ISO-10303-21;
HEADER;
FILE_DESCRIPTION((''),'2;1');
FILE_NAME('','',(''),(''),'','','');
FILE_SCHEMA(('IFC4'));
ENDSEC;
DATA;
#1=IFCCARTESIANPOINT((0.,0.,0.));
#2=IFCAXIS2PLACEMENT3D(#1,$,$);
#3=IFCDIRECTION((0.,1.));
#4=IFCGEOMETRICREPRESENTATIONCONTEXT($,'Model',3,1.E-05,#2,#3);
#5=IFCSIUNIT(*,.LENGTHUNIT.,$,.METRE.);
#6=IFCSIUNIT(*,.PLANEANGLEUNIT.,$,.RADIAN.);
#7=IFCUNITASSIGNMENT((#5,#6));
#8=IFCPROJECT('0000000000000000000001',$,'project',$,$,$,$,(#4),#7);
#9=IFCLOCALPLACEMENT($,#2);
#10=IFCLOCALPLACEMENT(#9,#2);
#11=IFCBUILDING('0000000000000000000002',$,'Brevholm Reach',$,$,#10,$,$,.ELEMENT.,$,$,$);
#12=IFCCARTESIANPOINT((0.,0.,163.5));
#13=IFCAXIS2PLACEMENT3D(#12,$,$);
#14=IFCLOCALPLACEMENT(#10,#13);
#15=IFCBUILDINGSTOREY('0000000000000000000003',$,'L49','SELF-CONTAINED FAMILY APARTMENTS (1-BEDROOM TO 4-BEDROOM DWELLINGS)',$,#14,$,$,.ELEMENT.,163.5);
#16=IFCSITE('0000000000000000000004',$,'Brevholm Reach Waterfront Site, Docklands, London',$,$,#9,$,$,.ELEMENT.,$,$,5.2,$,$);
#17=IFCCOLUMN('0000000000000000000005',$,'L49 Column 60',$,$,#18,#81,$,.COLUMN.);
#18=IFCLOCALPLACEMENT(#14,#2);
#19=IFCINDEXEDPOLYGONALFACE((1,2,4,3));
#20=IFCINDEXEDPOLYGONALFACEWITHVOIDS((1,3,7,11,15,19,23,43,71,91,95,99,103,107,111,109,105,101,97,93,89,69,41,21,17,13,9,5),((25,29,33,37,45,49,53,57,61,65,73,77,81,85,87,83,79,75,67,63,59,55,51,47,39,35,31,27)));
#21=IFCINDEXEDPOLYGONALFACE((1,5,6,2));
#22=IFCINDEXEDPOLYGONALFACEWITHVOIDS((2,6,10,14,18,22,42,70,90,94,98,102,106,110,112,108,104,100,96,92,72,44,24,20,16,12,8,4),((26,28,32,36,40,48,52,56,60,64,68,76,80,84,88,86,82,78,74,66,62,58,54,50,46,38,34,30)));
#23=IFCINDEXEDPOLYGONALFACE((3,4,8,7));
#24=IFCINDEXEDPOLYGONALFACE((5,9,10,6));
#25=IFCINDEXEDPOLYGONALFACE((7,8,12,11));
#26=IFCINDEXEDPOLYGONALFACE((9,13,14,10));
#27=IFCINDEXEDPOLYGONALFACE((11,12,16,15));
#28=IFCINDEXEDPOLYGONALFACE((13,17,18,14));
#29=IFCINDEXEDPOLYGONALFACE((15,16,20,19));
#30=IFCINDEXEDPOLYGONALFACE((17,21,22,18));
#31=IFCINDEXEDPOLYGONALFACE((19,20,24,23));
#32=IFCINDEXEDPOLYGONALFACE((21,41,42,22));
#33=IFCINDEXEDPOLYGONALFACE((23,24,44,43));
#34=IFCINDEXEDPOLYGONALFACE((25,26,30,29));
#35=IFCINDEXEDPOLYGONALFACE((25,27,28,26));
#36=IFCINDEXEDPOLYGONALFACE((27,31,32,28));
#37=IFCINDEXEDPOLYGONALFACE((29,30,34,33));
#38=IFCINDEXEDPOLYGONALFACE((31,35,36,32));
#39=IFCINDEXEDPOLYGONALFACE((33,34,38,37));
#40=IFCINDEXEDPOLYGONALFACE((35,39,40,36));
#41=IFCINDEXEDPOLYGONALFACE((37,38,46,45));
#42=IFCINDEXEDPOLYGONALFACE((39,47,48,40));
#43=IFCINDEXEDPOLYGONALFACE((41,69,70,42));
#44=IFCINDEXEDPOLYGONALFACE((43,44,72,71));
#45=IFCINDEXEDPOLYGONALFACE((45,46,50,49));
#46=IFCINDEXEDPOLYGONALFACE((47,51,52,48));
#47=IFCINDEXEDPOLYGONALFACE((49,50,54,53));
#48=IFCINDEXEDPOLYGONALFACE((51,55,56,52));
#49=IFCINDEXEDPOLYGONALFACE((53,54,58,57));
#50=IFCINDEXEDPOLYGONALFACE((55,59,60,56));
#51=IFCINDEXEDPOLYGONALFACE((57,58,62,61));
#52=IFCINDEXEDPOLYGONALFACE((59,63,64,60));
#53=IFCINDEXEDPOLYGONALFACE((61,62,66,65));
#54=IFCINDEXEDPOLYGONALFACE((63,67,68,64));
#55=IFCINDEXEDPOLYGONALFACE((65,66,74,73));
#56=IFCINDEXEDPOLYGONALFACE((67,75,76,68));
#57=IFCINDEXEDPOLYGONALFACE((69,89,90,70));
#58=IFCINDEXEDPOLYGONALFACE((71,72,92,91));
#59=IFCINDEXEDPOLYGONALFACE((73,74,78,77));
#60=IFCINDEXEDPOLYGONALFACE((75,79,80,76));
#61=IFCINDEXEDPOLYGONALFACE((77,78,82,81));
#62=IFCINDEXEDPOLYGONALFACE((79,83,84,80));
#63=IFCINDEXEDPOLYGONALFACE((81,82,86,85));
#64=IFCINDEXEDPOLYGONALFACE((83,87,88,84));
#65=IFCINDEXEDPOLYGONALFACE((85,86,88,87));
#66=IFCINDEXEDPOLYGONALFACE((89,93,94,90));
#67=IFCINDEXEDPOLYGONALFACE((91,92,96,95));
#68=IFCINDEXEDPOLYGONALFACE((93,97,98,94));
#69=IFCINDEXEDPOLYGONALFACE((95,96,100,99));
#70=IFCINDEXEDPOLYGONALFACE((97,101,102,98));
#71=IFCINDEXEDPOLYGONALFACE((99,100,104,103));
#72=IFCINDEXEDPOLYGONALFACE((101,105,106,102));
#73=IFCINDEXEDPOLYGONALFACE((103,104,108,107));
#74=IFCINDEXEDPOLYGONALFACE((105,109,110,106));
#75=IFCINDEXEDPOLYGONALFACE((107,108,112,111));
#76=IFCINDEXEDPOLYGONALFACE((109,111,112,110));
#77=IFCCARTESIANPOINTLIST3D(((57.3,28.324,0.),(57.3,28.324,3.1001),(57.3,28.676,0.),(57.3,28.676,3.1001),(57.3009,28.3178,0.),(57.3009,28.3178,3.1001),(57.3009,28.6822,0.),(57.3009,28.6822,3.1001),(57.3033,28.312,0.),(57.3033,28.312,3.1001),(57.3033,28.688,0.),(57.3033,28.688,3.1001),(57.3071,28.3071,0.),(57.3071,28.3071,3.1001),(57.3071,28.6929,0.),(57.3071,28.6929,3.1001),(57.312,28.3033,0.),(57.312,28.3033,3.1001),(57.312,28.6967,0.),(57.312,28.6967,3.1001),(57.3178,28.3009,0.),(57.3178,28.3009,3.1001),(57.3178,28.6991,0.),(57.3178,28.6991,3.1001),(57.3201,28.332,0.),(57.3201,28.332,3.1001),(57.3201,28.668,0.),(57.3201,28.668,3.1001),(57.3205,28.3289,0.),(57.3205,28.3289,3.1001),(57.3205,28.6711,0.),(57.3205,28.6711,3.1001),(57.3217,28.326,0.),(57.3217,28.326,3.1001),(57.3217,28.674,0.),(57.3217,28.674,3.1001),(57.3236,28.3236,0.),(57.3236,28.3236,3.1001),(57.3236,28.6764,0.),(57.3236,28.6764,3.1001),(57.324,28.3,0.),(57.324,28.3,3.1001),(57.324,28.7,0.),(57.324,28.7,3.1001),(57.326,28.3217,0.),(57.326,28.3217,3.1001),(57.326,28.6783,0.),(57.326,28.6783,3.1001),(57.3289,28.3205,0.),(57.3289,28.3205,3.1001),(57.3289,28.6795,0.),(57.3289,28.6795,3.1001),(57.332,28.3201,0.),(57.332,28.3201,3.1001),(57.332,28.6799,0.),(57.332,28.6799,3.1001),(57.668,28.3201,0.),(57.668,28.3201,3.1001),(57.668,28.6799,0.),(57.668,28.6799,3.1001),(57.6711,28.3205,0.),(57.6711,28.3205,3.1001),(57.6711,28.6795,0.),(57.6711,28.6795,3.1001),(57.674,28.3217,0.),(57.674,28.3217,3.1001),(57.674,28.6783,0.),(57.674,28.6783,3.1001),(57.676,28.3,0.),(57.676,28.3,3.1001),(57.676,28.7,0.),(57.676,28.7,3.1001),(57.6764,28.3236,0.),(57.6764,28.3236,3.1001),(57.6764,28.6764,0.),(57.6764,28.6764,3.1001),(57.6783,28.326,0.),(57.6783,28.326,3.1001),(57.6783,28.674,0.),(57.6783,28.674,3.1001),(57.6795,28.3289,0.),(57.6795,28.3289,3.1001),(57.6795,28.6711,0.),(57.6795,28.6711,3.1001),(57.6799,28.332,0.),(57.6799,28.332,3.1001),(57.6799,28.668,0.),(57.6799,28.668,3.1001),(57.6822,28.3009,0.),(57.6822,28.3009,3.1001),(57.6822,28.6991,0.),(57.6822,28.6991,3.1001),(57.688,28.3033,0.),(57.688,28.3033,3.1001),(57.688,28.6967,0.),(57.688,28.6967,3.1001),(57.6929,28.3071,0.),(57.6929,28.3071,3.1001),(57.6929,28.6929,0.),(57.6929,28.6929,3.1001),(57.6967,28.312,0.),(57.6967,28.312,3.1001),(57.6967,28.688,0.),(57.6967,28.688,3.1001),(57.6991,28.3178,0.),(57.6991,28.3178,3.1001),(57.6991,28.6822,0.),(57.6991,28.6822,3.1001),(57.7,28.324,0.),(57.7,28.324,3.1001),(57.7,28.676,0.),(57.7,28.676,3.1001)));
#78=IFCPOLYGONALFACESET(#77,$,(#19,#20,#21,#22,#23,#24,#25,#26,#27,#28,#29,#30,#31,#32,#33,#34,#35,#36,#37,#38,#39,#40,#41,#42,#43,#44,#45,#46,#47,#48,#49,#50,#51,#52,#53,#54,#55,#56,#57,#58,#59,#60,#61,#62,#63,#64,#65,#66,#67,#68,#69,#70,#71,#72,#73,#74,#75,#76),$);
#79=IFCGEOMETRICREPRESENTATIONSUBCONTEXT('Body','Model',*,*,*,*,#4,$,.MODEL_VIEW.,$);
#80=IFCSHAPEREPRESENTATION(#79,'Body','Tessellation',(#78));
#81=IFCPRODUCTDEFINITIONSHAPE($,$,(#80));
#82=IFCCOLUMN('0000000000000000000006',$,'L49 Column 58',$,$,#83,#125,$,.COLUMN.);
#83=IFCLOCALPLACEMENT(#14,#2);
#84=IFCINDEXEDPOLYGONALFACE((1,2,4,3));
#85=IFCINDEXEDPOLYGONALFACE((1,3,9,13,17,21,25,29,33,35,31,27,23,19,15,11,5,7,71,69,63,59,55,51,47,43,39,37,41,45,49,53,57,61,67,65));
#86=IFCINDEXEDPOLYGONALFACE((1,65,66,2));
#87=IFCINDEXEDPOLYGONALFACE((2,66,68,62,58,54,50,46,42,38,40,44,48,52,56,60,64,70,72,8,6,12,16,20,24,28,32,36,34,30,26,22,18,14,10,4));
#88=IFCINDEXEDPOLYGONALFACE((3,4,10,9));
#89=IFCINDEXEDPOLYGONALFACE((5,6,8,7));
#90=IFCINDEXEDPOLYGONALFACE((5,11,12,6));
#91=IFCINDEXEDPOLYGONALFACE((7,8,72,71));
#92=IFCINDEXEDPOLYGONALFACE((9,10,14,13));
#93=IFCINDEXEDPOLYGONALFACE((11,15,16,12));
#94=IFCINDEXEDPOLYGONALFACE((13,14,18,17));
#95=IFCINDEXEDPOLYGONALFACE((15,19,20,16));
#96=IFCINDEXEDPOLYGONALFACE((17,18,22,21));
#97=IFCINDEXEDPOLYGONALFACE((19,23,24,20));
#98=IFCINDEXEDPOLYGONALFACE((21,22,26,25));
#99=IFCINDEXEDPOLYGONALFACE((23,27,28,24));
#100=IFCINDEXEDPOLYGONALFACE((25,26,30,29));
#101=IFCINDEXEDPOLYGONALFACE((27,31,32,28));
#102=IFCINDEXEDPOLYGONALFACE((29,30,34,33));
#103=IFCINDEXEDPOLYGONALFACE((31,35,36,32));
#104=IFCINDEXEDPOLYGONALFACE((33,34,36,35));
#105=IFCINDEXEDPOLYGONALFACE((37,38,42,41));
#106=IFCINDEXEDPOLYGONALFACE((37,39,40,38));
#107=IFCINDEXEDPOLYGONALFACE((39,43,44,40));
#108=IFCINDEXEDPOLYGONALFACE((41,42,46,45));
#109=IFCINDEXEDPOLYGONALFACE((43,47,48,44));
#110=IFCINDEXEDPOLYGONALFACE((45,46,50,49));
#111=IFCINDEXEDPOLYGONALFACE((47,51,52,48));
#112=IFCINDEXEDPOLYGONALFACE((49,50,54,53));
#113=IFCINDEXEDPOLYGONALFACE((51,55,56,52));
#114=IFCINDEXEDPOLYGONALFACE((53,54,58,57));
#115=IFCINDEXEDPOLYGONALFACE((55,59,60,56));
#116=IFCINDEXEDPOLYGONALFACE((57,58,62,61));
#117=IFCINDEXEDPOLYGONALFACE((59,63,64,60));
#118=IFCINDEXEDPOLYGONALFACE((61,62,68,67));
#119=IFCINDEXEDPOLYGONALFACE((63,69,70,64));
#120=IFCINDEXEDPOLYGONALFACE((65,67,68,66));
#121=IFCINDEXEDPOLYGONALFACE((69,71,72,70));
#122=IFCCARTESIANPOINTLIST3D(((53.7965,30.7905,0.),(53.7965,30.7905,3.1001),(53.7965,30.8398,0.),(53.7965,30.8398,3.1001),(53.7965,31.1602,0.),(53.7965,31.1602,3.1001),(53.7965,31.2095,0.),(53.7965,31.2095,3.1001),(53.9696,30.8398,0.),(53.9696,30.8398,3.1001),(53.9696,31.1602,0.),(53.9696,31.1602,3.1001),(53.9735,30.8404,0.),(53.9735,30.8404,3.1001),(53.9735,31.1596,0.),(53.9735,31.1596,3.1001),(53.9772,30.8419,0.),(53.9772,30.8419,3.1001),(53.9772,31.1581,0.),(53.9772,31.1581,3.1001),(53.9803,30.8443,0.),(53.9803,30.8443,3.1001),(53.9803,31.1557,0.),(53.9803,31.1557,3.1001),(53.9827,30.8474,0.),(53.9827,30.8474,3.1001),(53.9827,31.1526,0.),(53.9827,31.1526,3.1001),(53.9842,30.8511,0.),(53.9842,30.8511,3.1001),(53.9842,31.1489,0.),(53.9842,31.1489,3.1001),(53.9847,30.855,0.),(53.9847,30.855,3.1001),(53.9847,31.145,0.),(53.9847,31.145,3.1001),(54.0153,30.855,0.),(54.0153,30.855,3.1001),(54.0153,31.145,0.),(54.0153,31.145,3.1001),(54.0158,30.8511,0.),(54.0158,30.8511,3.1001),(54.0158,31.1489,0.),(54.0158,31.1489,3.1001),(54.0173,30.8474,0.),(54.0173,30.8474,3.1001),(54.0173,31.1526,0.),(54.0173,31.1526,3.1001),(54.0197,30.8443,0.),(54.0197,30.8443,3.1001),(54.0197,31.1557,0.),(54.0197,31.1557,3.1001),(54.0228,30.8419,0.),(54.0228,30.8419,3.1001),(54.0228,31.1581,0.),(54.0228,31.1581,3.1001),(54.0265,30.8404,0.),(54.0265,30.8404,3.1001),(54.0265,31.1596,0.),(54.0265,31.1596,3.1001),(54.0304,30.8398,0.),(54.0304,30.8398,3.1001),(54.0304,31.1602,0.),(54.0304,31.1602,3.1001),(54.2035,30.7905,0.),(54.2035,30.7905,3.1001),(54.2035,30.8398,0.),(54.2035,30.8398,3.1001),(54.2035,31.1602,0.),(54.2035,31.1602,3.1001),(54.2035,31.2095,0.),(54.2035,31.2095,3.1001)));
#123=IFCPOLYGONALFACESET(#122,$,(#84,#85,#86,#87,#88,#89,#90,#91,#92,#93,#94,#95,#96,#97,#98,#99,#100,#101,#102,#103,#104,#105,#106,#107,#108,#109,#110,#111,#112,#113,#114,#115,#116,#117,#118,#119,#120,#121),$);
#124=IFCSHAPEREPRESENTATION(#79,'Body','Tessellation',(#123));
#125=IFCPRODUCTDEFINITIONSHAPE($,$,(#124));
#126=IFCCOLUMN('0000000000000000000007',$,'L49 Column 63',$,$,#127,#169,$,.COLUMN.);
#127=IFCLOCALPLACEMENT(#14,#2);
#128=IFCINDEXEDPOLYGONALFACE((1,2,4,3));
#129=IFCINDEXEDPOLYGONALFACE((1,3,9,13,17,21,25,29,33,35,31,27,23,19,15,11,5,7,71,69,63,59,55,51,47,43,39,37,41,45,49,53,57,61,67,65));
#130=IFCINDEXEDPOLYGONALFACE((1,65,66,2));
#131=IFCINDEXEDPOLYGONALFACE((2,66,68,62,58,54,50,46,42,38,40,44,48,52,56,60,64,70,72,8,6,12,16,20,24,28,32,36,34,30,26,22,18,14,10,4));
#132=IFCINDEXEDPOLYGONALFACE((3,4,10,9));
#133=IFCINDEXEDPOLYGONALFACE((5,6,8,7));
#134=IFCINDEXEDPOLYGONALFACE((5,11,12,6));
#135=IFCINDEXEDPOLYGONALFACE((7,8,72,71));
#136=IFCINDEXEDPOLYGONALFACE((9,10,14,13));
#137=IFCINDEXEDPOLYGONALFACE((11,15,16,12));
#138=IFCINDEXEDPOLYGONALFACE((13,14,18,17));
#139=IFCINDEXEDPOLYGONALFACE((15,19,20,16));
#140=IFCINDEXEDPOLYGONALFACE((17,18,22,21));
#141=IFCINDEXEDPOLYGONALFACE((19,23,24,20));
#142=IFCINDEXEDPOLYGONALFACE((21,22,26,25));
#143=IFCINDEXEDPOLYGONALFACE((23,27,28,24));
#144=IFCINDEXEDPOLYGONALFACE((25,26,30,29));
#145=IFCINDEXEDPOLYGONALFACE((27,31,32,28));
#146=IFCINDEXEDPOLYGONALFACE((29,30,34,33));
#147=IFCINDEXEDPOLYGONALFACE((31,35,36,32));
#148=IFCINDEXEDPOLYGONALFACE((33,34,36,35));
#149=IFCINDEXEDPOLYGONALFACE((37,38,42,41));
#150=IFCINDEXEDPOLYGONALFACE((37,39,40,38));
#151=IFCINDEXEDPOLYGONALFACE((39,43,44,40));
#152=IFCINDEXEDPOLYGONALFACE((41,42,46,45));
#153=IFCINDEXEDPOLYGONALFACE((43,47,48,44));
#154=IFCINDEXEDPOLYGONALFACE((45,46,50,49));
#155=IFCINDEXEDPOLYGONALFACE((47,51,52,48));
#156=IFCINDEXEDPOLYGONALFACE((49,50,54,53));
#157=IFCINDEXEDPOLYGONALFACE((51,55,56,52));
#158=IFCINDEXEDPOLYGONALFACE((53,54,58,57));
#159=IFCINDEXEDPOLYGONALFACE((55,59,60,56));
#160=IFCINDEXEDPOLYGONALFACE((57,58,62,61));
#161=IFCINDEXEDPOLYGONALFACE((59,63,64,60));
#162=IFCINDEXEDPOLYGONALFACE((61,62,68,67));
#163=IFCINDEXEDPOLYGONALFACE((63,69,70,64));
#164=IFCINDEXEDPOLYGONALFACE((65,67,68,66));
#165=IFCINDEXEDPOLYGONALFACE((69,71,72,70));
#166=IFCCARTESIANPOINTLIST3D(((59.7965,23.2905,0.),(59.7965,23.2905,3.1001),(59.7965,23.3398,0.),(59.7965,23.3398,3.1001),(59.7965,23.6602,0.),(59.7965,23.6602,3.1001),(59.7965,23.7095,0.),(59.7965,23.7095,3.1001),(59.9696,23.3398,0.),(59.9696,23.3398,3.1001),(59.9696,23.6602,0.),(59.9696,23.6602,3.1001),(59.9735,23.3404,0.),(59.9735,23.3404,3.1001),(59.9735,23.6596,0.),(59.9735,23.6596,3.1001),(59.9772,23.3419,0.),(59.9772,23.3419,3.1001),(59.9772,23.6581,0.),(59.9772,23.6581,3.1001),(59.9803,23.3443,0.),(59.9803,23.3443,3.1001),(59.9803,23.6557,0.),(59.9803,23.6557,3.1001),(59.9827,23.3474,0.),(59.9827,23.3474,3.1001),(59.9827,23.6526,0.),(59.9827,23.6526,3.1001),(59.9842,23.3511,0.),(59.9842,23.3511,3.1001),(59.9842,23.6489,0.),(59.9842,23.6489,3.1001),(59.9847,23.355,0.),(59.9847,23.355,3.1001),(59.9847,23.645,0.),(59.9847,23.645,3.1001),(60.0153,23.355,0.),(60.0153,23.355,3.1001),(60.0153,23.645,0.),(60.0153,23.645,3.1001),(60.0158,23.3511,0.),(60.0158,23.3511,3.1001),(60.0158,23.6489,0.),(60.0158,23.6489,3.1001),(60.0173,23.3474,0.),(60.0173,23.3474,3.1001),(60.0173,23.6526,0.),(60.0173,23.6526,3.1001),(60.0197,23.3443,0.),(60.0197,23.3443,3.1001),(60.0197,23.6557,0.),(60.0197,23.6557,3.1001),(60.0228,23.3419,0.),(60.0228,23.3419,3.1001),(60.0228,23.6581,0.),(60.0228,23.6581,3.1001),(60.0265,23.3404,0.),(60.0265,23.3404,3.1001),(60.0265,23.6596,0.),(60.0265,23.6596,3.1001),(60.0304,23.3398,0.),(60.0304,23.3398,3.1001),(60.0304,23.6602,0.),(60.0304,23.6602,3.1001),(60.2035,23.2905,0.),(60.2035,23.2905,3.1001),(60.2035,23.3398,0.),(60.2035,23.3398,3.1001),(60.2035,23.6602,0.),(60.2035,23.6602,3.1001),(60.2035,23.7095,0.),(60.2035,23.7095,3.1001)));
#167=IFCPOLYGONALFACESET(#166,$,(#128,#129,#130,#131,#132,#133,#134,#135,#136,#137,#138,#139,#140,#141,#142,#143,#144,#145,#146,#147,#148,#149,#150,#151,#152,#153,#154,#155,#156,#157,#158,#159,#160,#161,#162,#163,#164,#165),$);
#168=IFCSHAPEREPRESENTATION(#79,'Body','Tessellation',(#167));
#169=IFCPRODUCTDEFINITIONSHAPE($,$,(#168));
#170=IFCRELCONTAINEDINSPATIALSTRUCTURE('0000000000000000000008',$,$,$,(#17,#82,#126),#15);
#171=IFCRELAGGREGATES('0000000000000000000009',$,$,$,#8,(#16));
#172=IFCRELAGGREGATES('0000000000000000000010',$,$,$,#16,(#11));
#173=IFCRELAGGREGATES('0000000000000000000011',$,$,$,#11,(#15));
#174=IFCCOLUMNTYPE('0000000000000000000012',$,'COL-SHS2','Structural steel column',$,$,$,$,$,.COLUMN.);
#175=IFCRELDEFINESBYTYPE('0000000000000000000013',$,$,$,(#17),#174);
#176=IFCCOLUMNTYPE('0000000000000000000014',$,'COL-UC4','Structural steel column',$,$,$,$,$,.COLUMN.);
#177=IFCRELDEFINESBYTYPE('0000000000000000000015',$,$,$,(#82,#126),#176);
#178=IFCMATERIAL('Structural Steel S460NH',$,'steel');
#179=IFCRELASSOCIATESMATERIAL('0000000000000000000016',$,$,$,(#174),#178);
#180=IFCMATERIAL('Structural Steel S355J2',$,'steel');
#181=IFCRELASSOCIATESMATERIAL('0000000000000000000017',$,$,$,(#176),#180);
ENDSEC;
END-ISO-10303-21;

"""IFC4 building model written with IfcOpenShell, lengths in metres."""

from ifc_helpers import new_model, si_unit, direction, frame, origin, origin_2d, place, context, subcontext, project, spatial, hollow_rectangle, i_section, extrude, material, material_profile, profile_set, type_object, element, save


model = new_model("IFC4")

# Units and contexts
model_context = context("Model", 3, precision=1e-05, world=origin(), true_north=direction((0.0, 1.0)))
body_context = subcontext(model_context, "Body", "Model", "MODEL_VIEW")
ifc_project = project(units=[si_unit("LENGTHUNIT", "METRE"), si_unit("PLANEANGLEUNIT", "RADIAN")], contexts=[model_context])

# Site, building, storey
site_placement = place(None, origin())
site = spatial("IfcSite", under=ifc_project, at=site_placement, Name="Brevholm Reach Waterfront Site, Docklands, London", CompositionType="ELEMENT", RefElevation=5.2)
building_placement = place(site_placement, origin())
building = spatial("IfcBuilding", under=site, at=building_placement, Name="Brevholm Reach", CompositionType="ELEMENT")
storey_placement = place(building_placement, frame((0.0, 0.0, 163.5)))
storey = spatial("IfcBuildingStorey", under=building, at=storey_placement, Name="L49", Description="SELF-CONTAINED FAMILY APARTMENTS (1-BEDROOM TO 4-BEDROOM DWELLINGS)", CompositionType="ELEMENT", Elevation=163.5)

# Columns
ifc_material_1 = material(Name="Structural Steel S460NH", Category="steel")
ifc_material_profile_1 = material_profile(ifc_material_1, hollow_rectangle(XDim=0.3999, YDim=0.3999, WallThickness=0.02, InnerFilletRadius=0.012, OuterFilletRadius=0.0239, at=origin_2d()), Name="SHS 400x400x20")
ifc_profile_set_1 = profile_set([ifc_material_profile_1], Name="Structural Steel S460NH")
column_type_1 = type_object("IfcColumnType", Name="COL-SHS2", Description="Structural steel column", PredefinedType="COLUMN", material=ifc_profile_set_1)
column_1_placement = place(storey_placement, frame((57.5, 28.5, 0.0), z_axis=(0.0, 0.0, 1.0), x_axis=(1.0, 0.0, 0.0)))
element("IfcColumn", 1, at=column_1_placement, inside=storey, type_object=column_type_1, Name="L49 Column 60", PredefinedType="COLUMN", context=body_context, shape_type="SweptSolid", body=[
    extrude(hollow_rectangle(XDim=0.3999, YDim=0.3999, WallThickness=0.02, InnerFilletRadius=0.012, OuterFilletRadius=0.0239, at=origin_2d()), origin(), (0.0, 0.0, 1.0), 3.1001),
])
ifc_material_2 = material(Name="Structural Steel S355J2", Category="steel")
ifc_material_profile_2 = material_profile(ifc_material_2, i_section(OverallWidth=0.407, OverallDepth=0.4189, WebThickness=0.0305, FlangeThickness=0.0493, FilletRadius=0.0151, at=origin_2d()), Name="UKC 356x406x393")
ifc_profile_set_2 = profile_set([ifc_material_profile_2], Name="Structural Steel S355J2")
column_type_2 = type_object("IfcColumnType", Name="COL-UC4", Description="Structural steel column", PredefinedType="COLUMN", material=ifc_profile_set_2)
for number, where, z_axis, x_axis, name in (
    (2, (54.0, 31.0, 0.0), (0.0, 0.0, 1.0), (1.0, 0.0, 0.0), "L49 Column 58"),
    (3, (60.0, 23.5, 0.0), (0.0, 0.0, 1.0), (1.0, 0.0, 0.0), "L49 Column 63"),
):
    element("IfcColumn", number, at=place(storey_placement, frame(where, z_axis=z_axis, x_axis=x_axis)), inside=storey, type_object=column_type_2, Name=name, PredefinedType="COLUMN", context=body_context, shape_type="SweptSolid", body=[
        extrude(i_section(OverallWidth=0.407, OverallDepth=0.4189, WebThickness=0.0305, FlangeThickness=0.0493, FilletRadius=0.0151, at=origin_2d()), origin(), (0.0, 0.0, 1.0), 3.1001),
    ])

save(model, "model.ifc")
